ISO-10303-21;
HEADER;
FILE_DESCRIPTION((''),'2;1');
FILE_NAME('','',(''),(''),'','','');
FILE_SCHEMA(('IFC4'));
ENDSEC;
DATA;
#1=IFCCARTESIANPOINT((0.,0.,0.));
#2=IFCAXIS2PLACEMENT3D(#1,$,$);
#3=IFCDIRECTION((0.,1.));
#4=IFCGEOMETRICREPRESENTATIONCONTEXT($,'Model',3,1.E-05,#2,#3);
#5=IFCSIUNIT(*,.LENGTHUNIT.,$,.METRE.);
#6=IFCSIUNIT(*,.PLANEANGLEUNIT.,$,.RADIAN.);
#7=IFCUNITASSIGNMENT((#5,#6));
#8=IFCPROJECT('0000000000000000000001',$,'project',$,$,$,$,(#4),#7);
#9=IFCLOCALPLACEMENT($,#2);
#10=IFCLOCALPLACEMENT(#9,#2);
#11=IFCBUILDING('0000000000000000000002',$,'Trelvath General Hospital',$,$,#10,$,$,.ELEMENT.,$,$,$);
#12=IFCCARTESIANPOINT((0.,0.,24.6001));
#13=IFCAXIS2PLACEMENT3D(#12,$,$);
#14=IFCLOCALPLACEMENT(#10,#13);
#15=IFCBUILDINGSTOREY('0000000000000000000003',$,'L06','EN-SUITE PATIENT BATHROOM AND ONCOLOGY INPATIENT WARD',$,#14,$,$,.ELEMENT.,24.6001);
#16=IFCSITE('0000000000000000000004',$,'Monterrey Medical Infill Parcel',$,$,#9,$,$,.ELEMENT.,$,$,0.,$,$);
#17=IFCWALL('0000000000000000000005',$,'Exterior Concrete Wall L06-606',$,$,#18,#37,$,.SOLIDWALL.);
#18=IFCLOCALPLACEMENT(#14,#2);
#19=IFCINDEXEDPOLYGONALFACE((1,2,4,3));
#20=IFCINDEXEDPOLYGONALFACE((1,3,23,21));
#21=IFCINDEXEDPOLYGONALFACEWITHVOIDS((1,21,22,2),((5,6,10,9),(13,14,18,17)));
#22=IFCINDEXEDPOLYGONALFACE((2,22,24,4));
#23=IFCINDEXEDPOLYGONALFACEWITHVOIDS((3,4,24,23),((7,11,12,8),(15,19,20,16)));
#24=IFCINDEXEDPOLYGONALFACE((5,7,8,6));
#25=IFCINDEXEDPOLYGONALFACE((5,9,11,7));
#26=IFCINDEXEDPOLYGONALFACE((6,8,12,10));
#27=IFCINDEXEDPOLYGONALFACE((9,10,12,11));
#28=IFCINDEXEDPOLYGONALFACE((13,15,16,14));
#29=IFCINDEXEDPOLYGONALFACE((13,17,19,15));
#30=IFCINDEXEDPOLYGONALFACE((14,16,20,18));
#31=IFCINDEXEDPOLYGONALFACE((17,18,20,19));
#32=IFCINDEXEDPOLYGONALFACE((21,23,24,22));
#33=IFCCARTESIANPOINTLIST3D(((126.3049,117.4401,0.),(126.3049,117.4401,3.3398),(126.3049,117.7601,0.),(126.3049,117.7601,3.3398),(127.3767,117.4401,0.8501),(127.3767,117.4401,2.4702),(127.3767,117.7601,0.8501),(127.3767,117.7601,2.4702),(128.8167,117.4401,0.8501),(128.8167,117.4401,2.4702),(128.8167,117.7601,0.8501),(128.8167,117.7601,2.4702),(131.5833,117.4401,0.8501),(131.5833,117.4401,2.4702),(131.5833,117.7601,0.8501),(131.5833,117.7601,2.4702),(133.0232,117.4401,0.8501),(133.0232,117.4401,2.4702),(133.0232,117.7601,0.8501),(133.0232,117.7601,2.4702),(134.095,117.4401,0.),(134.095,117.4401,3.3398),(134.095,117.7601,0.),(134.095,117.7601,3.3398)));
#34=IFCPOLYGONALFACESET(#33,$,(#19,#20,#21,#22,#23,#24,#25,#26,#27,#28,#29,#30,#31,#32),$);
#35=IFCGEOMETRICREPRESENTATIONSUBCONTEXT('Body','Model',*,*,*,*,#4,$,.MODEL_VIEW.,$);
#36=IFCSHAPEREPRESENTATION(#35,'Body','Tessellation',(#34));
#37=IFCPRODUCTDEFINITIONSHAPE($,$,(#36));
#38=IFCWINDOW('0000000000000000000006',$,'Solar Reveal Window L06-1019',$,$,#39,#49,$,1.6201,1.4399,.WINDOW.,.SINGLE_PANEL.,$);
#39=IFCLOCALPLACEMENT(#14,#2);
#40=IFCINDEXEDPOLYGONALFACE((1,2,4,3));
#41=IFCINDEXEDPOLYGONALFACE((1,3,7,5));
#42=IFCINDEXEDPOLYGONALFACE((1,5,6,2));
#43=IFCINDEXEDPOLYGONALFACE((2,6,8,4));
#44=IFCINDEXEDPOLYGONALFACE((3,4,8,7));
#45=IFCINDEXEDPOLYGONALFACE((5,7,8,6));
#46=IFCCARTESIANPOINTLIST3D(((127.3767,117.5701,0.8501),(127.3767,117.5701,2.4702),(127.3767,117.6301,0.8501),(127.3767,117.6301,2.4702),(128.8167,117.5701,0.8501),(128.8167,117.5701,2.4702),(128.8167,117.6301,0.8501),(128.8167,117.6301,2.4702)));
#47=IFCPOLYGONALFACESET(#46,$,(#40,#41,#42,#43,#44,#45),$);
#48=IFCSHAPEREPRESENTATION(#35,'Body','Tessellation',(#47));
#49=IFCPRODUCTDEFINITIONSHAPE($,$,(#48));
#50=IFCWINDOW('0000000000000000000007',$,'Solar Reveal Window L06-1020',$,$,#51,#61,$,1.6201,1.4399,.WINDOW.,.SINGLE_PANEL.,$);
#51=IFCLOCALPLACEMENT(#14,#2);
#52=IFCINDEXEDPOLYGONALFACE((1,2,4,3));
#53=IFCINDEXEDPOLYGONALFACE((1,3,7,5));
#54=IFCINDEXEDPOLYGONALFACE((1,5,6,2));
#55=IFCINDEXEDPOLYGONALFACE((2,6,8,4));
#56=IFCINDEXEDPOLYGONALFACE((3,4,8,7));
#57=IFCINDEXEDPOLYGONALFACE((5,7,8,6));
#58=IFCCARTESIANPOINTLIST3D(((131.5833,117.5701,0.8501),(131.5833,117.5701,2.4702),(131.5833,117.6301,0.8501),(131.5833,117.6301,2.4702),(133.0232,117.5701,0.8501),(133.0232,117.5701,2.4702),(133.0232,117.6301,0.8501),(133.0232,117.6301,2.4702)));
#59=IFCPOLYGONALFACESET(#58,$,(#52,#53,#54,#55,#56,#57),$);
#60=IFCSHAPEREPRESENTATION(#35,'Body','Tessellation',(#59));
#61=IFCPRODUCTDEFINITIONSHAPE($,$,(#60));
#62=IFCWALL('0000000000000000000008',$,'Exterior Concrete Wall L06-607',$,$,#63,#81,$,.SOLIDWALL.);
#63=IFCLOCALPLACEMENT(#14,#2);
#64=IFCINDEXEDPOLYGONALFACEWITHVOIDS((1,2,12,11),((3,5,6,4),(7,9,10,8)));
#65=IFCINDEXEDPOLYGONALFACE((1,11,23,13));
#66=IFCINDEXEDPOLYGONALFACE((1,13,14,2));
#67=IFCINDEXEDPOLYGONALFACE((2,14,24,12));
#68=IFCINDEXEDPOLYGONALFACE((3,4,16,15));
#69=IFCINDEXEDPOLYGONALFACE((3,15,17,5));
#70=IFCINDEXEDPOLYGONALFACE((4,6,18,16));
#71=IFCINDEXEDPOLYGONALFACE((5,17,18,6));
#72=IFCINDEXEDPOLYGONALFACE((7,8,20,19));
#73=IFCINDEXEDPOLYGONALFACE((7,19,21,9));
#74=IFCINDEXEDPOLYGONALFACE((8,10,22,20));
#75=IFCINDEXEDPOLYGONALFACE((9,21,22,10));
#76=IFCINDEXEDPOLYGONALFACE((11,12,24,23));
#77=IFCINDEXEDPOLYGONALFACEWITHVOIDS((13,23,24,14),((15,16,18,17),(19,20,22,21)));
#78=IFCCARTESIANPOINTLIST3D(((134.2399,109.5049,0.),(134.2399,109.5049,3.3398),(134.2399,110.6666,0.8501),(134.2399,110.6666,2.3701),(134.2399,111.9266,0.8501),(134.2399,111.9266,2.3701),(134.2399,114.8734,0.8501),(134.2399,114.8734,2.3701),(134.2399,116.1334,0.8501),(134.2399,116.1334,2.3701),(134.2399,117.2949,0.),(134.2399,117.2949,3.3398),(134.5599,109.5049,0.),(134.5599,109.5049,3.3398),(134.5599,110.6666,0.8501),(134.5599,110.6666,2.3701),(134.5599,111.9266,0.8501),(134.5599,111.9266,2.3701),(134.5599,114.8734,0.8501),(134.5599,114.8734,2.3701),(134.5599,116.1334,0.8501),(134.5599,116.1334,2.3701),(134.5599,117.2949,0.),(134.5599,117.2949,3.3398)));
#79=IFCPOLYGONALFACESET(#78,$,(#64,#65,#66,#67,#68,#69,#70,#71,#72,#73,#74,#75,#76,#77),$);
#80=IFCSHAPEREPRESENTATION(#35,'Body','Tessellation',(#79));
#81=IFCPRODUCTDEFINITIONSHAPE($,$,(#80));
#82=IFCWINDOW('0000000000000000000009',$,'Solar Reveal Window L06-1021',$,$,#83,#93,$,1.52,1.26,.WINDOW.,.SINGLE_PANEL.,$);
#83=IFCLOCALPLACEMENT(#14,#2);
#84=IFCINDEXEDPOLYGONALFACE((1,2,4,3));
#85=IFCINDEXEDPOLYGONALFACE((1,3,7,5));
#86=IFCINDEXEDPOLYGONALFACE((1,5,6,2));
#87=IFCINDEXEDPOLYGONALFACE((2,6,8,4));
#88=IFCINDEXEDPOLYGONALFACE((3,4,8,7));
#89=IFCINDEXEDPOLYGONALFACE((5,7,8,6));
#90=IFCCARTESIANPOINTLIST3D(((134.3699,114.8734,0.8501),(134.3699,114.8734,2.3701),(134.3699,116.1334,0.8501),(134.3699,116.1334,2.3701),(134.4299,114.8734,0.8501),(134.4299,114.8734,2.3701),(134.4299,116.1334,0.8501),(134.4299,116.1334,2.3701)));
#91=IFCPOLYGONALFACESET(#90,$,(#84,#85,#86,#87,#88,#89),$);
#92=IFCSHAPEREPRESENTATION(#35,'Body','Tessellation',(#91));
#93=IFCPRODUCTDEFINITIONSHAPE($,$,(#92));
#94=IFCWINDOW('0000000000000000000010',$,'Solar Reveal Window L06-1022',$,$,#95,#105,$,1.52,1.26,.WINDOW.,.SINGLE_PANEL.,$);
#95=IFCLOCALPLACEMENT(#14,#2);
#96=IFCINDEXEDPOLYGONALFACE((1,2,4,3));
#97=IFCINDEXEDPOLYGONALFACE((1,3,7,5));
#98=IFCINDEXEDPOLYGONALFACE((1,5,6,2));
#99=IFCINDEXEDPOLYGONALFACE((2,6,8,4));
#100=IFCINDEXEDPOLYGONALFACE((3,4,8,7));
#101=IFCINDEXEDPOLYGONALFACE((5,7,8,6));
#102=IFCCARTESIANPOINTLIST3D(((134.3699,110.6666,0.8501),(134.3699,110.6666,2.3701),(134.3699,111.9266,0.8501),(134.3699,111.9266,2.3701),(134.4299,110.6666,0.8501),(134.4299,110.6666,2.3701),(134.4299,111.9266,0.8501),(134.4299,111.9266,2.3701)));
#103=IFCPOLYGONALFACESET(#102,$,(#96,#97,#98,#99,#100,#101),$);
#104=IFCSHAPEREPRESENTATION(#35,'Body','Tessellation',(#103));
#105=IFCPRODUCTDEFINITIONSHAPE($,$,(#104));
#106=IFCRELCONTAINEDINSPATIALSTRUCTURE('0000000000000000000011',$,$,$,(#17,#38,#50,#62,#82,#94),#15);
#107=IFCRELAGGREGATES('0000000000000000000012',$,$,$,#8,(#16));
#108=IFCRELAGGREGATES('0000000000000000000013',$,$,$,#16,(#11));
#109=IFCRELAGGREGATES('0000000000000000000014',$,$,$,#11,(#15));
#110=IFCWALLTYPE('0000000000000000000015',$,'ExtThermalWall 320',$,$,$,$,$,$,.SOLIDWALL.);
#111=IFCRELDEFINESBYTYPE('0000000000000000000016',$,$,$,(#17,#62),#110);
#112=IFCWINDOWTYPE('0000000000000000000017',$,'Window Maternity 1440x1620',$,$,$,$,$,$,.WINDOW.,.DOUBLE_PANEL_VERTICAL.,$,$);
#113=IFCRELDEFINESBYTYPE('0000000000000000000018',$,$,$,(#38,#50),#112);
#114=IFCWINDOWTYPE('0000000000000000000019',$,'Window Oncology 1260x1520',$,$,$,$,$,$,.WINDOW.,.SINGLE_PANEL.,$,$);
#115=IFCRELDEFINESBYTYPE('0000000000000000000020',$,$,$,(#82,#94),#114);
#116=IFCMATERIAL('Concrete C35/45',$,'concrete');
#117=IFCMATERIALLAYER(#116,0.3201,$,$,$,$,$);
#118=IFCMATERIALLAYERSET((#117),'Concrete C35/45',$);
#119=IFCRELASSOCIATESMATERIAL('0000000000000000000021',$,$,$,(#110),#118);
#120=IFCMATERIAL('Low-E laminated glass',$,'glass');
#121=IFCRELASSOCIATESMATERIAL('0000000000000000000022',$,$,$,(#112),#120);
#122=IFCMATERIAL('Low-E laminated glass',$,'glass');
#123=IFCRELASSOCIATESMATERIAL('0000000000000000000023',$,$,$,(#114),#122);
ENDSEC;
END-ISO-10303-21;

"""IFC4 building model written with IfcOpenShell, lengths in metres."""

from ifc_helpers import new_model, si_unit, direction, frame, frame_2d, origin, place, context, subcontext, project, spatial, rectangle, extrude, material, layer, layer_set, type_object, element, fill, save


model = new_model("IFC4")

# Units and contexts
model_context = context("Model", 3, precision=1e-05, world=origin(), true_north=direction((0.0, 1.0)))
body_context = subcontext(model_context, "Body", "Model", "MODEL_VIEW")
ifc_project = project(units=[si_unit("LENGTHUNIT", "METRE"), si_unit("PLANEANGLEUNIT", "RADIAN")], contexts=[model_context])

# Site, building, storey
site_placement = place(None, origin())
site = spatial("IfcSite", under=ifc_project, at=site_placement, Name="Monterrey Medical Infill Parcel", CompositionType="ELEMENT", RefElevation=0.0)
building_placement = place(site_placement, origin())
building = spatial("IfcBuilding", under=site, at=building_placement, Name="Trelvath General Hospital", CompositionType="ELEMENT")
storey_placement = place(building_placement, frame((0.0, 0.0, 24.6001)))
storey = spatial("IfcBuildingStorey", under=building, at=storey_placement, Name="L06", Description="EN-SUITE PATIENT BATHROOM AND ONCOLOGY INPATIENT WARD", CompositionType="ELEMENT", Elevation=24.6001)

# Walls, openings, windows
ifc_material_1 = material(Name="Concrete C35/45", Category="concrete")
ifc_layer_1 = layer(ifc_material_1, 0.3201)
ifc_layer_set_1 = layer_set([ifc_layer_1], Name="Concrete C35/45")
wall_type_1 = type_object("IfcWallType", Name="ExtThermalWall 320", PredefinedType="SOLIDWALL", material=ifc_layer_set_1)
wall_1_placement = place(storey_placement, frame((126.3049, 117.6001, 0.0), z_axis=(0.0, 0.0, 1.0), x_axis=(1.0, 0.0, 0.0)))
wall_1 = element("IfcWall", 1, at=wall_1_placement, inside=storey, type_object=wall_type_1, Name="Exterior Concrete Wall L06-606", PredefinedType="SOLIDWALL", context=body_context, shape_type="SweptSolid", body=[
    extrude(rectangle(XDim=7.79, YDim=0.3201, at=frame_2d((3.895, 0.0))), origin(), (0.0, 0.0, 1.0), 3.3398),
])
opening_1_placement = place(wall_1_placement, frame((1.0718, 0.0, 0.8501)))
opening_1 = element("IfcOpeningElement", 2, at=opening_1_placement, cuts=wall_1, PredefinedType="OPENING", context=body_context, shape_type="SweptSolid", body=[
    extrude(rectangle(XDim=1.4399, YDim=1.6201, at=frame_2d((0.72, 0.8101))), frame((0.0, 0.1699, 0.0), z_axis=(0.0, -1.0, 0.0), x_axis=(1.0, 0.0, 0.0)), (0.0, 0.0, 1.0), 0.3401),
])
opening_2_placement = place(wall_1_placement, frame((5.2783, 0.0, 0.8501)))
opening_2 = element("IfcOpeningElement", 3, at=opening_2_placement, cuts=wall_1, PredefinedType="OPENING", context=body_context, shape_type="SweptSolid", body=[
    extrude(rectangle(XDim=1.4399, YDim=1.6201, at=frame_2d((0.72, 0.8101))), frame((0.0, 0.1699, 0.0), z_axis=(0.0, -1.0, 0.0), x_axis=(1.0, 0.0, 0.0)), (0.0, 0.0, 1.0), 0.3401),
])
ifc_material_2 = material(Name="Low-E laminated glass", Category="glass")
window_type_1 = type_object("IfcWindowType", Name="Window Maternity 1440x1620", PartitioningType="DOUBLE_PANEL_VERTICAL", PredefinedType="WINDOW", material=ifc_material_2)
window_1_placement = place(opening_1_placement, origin())
window_1 = element("IfcWindow", 4, at=window_1_placement, inside=storey, type_object=window_type_1, Name="Solar Reveal Window L06-1019", OverallHeight=1.6201, OverallWidth=1.4399, PartitioningType="SINGLE_PANEL", PredefinedType="WINDOW", context=body_context, shape_type="SweptSolid", body=[
    extrude(rectangle(XDim=1.4399, YDim=1.6201, at=frame_2d((0.72, 0.8101))), frame((0.0, 0.03, 0.0), z_axis=(0.0, -1.0, 0.0), x_axis=(1.0, 0.0, 0.0)), (0.0, 0.0, 1.0), 0.0601),
])
fill(opening_1, window_1)
window_2_placement = place(opening_2_placement, origin())
window_2 = element("IfcWindow", 5, at=window_2_placement, inside=storey, type_object=window_type_1, Name="Solar Reveal Window L06-1020", OverallHeight=1.6201, OverallWidth=1.4399, PartitioningType="SINGLE_PANEL", PredefinedType="WINDOW", context=body_context, shape_type="SweptSolid", body=[
    extrude(rectangle(XDim=1.4399, YDim=1.6201, at=frame_2d((0.72, 0.8101))), frame((0.0, 0.03, 0.0), z_axis=(0.0, -1.0, 0.0), x_axis=(1.0, 0.0, 0.0)), (0.0, 0.0, 1.0), 0.0601),
])
fill(opening_2, window_2)
wall_2_placement = place(storey_placement, frame((134.3999, 117.2949, 0.0), z_axis=(0.0, 0.0, 1.0), x_axis=(0.0, -1.0, 0.0)))
wall_2 = element("IfcWall", 6, at=wall_2_placement, inside=storey, type_object=wall_type_1, Name="Exterior Concrete Wall L06-607", PredefinedType="SOLIDWALL", context=body_context, shape_type="SweptSolid", body=[
    extrude(rectangle(XDim=7.79, YDim=0.3201, at=frame_2d((3.895, 0.0))), origin(), (0.0, 0.0, 1.0), 3.3398),
])
opening_3_placement = place(wall_2_placement, frame((1.1616, 0.0, 0.8501)))
opening_3 = element("IfcOpeningElement", 7, at=opening_3_placement, cuts=wall_2, PredefinedType="OPENING", context=body_context, shape_type="SweptSolid", body=[
    extrude(rectangle(XDim=1.26, YDim=1.52, at=frame_2d((0.6299, 0.76))), frame((0.0, 0.1699, 0.0), z_axis=(0.0, -1.0, 0.0), x_axis=(1.0, 0.0, 0.0)), (0.0, 0.0, 1.0), 0.3401),
])
opening_4_placement = place(wall_2_placement, frame((5.3684, 0.0, 0.8501)))
opening_4 = element("IfcOpeningElement", 8, at=opening_4_placement, cuts=wall_2, PredefinedType="OPENING", context=body_context, shape_type="SweptSolid", body=[
    extrude(rectangle(XDim=1.26, YDim=1.52, at=frame_2d((0.6299, 0.76))), frame((0.0, 0.1699, 0.0), z_axis=(0.0, -1.0, 0.0), x_axis=(1.0, 0.0, 0.0)), (0.0, 0.0, 1.0), 0.3401),
])
ifc_material_3 = material(Name="Low-E laminated glass", Category="glass")
window_type_2 = type_object("IfcWindowType", Name="Window Oncology 1260x1520", PartitioningType="SINGLE_PANEL", PredefinedType="WINDOW", material=ifc_material_3)
window_3_placement = place(opening_3_placement, origin())
window_3 = element("IfcWindow", 9, at=window_3_placement, inside=storey, type_object=window_type_2, Name="Solar Reveal Window L06-1021", OverallHeight=1.52, OverallWidth=1.26, PartitioningType="SINGLE_PANEL", PredefinedType="WINDOW", context=body_context, shape_type="SweptSolid", body=[
    extrude(rectangle(XDim=1.26, YDim=1.52, at=frame_2d((0.6299, 0.76))), frame((0.0, 0.03, 0.0), z_axis=(0.0, -1.0, 0.0), x_axis=(1.0, 0.0, 0.0)), (0.0, 0.0, 1.0), 0.0601),
])
fill(opening_3, window_3)
window_4_placement = place(opening_4_placement, origin())
window_4 = element("IfcWindow", 10, at=window_4_placement, inside=storey, type_object=window_type_2, Name="Solar Reveal Window L06-1022", OverallHeight=1.52, OverallWidth=1.26, PartitioningType="SINGLE_PANEL", PredefinedType="WINDOW", context=body_context, shape_type="SweptSolid", body=[
    extrude(rectangle(XDim=1.26, YDim=1.52, at=frame_2d((0.6299, 0.76))), frame((0.0, 0.03, 0.0), z_axis=(0.0, -1.0, 0.0), x_axis=(1.0, 0.0, 0.0)), (0.0, 0.0, 1.0), 0.0601),
])
fill(opening_4, window_4)

save(model, "model.ifc")
